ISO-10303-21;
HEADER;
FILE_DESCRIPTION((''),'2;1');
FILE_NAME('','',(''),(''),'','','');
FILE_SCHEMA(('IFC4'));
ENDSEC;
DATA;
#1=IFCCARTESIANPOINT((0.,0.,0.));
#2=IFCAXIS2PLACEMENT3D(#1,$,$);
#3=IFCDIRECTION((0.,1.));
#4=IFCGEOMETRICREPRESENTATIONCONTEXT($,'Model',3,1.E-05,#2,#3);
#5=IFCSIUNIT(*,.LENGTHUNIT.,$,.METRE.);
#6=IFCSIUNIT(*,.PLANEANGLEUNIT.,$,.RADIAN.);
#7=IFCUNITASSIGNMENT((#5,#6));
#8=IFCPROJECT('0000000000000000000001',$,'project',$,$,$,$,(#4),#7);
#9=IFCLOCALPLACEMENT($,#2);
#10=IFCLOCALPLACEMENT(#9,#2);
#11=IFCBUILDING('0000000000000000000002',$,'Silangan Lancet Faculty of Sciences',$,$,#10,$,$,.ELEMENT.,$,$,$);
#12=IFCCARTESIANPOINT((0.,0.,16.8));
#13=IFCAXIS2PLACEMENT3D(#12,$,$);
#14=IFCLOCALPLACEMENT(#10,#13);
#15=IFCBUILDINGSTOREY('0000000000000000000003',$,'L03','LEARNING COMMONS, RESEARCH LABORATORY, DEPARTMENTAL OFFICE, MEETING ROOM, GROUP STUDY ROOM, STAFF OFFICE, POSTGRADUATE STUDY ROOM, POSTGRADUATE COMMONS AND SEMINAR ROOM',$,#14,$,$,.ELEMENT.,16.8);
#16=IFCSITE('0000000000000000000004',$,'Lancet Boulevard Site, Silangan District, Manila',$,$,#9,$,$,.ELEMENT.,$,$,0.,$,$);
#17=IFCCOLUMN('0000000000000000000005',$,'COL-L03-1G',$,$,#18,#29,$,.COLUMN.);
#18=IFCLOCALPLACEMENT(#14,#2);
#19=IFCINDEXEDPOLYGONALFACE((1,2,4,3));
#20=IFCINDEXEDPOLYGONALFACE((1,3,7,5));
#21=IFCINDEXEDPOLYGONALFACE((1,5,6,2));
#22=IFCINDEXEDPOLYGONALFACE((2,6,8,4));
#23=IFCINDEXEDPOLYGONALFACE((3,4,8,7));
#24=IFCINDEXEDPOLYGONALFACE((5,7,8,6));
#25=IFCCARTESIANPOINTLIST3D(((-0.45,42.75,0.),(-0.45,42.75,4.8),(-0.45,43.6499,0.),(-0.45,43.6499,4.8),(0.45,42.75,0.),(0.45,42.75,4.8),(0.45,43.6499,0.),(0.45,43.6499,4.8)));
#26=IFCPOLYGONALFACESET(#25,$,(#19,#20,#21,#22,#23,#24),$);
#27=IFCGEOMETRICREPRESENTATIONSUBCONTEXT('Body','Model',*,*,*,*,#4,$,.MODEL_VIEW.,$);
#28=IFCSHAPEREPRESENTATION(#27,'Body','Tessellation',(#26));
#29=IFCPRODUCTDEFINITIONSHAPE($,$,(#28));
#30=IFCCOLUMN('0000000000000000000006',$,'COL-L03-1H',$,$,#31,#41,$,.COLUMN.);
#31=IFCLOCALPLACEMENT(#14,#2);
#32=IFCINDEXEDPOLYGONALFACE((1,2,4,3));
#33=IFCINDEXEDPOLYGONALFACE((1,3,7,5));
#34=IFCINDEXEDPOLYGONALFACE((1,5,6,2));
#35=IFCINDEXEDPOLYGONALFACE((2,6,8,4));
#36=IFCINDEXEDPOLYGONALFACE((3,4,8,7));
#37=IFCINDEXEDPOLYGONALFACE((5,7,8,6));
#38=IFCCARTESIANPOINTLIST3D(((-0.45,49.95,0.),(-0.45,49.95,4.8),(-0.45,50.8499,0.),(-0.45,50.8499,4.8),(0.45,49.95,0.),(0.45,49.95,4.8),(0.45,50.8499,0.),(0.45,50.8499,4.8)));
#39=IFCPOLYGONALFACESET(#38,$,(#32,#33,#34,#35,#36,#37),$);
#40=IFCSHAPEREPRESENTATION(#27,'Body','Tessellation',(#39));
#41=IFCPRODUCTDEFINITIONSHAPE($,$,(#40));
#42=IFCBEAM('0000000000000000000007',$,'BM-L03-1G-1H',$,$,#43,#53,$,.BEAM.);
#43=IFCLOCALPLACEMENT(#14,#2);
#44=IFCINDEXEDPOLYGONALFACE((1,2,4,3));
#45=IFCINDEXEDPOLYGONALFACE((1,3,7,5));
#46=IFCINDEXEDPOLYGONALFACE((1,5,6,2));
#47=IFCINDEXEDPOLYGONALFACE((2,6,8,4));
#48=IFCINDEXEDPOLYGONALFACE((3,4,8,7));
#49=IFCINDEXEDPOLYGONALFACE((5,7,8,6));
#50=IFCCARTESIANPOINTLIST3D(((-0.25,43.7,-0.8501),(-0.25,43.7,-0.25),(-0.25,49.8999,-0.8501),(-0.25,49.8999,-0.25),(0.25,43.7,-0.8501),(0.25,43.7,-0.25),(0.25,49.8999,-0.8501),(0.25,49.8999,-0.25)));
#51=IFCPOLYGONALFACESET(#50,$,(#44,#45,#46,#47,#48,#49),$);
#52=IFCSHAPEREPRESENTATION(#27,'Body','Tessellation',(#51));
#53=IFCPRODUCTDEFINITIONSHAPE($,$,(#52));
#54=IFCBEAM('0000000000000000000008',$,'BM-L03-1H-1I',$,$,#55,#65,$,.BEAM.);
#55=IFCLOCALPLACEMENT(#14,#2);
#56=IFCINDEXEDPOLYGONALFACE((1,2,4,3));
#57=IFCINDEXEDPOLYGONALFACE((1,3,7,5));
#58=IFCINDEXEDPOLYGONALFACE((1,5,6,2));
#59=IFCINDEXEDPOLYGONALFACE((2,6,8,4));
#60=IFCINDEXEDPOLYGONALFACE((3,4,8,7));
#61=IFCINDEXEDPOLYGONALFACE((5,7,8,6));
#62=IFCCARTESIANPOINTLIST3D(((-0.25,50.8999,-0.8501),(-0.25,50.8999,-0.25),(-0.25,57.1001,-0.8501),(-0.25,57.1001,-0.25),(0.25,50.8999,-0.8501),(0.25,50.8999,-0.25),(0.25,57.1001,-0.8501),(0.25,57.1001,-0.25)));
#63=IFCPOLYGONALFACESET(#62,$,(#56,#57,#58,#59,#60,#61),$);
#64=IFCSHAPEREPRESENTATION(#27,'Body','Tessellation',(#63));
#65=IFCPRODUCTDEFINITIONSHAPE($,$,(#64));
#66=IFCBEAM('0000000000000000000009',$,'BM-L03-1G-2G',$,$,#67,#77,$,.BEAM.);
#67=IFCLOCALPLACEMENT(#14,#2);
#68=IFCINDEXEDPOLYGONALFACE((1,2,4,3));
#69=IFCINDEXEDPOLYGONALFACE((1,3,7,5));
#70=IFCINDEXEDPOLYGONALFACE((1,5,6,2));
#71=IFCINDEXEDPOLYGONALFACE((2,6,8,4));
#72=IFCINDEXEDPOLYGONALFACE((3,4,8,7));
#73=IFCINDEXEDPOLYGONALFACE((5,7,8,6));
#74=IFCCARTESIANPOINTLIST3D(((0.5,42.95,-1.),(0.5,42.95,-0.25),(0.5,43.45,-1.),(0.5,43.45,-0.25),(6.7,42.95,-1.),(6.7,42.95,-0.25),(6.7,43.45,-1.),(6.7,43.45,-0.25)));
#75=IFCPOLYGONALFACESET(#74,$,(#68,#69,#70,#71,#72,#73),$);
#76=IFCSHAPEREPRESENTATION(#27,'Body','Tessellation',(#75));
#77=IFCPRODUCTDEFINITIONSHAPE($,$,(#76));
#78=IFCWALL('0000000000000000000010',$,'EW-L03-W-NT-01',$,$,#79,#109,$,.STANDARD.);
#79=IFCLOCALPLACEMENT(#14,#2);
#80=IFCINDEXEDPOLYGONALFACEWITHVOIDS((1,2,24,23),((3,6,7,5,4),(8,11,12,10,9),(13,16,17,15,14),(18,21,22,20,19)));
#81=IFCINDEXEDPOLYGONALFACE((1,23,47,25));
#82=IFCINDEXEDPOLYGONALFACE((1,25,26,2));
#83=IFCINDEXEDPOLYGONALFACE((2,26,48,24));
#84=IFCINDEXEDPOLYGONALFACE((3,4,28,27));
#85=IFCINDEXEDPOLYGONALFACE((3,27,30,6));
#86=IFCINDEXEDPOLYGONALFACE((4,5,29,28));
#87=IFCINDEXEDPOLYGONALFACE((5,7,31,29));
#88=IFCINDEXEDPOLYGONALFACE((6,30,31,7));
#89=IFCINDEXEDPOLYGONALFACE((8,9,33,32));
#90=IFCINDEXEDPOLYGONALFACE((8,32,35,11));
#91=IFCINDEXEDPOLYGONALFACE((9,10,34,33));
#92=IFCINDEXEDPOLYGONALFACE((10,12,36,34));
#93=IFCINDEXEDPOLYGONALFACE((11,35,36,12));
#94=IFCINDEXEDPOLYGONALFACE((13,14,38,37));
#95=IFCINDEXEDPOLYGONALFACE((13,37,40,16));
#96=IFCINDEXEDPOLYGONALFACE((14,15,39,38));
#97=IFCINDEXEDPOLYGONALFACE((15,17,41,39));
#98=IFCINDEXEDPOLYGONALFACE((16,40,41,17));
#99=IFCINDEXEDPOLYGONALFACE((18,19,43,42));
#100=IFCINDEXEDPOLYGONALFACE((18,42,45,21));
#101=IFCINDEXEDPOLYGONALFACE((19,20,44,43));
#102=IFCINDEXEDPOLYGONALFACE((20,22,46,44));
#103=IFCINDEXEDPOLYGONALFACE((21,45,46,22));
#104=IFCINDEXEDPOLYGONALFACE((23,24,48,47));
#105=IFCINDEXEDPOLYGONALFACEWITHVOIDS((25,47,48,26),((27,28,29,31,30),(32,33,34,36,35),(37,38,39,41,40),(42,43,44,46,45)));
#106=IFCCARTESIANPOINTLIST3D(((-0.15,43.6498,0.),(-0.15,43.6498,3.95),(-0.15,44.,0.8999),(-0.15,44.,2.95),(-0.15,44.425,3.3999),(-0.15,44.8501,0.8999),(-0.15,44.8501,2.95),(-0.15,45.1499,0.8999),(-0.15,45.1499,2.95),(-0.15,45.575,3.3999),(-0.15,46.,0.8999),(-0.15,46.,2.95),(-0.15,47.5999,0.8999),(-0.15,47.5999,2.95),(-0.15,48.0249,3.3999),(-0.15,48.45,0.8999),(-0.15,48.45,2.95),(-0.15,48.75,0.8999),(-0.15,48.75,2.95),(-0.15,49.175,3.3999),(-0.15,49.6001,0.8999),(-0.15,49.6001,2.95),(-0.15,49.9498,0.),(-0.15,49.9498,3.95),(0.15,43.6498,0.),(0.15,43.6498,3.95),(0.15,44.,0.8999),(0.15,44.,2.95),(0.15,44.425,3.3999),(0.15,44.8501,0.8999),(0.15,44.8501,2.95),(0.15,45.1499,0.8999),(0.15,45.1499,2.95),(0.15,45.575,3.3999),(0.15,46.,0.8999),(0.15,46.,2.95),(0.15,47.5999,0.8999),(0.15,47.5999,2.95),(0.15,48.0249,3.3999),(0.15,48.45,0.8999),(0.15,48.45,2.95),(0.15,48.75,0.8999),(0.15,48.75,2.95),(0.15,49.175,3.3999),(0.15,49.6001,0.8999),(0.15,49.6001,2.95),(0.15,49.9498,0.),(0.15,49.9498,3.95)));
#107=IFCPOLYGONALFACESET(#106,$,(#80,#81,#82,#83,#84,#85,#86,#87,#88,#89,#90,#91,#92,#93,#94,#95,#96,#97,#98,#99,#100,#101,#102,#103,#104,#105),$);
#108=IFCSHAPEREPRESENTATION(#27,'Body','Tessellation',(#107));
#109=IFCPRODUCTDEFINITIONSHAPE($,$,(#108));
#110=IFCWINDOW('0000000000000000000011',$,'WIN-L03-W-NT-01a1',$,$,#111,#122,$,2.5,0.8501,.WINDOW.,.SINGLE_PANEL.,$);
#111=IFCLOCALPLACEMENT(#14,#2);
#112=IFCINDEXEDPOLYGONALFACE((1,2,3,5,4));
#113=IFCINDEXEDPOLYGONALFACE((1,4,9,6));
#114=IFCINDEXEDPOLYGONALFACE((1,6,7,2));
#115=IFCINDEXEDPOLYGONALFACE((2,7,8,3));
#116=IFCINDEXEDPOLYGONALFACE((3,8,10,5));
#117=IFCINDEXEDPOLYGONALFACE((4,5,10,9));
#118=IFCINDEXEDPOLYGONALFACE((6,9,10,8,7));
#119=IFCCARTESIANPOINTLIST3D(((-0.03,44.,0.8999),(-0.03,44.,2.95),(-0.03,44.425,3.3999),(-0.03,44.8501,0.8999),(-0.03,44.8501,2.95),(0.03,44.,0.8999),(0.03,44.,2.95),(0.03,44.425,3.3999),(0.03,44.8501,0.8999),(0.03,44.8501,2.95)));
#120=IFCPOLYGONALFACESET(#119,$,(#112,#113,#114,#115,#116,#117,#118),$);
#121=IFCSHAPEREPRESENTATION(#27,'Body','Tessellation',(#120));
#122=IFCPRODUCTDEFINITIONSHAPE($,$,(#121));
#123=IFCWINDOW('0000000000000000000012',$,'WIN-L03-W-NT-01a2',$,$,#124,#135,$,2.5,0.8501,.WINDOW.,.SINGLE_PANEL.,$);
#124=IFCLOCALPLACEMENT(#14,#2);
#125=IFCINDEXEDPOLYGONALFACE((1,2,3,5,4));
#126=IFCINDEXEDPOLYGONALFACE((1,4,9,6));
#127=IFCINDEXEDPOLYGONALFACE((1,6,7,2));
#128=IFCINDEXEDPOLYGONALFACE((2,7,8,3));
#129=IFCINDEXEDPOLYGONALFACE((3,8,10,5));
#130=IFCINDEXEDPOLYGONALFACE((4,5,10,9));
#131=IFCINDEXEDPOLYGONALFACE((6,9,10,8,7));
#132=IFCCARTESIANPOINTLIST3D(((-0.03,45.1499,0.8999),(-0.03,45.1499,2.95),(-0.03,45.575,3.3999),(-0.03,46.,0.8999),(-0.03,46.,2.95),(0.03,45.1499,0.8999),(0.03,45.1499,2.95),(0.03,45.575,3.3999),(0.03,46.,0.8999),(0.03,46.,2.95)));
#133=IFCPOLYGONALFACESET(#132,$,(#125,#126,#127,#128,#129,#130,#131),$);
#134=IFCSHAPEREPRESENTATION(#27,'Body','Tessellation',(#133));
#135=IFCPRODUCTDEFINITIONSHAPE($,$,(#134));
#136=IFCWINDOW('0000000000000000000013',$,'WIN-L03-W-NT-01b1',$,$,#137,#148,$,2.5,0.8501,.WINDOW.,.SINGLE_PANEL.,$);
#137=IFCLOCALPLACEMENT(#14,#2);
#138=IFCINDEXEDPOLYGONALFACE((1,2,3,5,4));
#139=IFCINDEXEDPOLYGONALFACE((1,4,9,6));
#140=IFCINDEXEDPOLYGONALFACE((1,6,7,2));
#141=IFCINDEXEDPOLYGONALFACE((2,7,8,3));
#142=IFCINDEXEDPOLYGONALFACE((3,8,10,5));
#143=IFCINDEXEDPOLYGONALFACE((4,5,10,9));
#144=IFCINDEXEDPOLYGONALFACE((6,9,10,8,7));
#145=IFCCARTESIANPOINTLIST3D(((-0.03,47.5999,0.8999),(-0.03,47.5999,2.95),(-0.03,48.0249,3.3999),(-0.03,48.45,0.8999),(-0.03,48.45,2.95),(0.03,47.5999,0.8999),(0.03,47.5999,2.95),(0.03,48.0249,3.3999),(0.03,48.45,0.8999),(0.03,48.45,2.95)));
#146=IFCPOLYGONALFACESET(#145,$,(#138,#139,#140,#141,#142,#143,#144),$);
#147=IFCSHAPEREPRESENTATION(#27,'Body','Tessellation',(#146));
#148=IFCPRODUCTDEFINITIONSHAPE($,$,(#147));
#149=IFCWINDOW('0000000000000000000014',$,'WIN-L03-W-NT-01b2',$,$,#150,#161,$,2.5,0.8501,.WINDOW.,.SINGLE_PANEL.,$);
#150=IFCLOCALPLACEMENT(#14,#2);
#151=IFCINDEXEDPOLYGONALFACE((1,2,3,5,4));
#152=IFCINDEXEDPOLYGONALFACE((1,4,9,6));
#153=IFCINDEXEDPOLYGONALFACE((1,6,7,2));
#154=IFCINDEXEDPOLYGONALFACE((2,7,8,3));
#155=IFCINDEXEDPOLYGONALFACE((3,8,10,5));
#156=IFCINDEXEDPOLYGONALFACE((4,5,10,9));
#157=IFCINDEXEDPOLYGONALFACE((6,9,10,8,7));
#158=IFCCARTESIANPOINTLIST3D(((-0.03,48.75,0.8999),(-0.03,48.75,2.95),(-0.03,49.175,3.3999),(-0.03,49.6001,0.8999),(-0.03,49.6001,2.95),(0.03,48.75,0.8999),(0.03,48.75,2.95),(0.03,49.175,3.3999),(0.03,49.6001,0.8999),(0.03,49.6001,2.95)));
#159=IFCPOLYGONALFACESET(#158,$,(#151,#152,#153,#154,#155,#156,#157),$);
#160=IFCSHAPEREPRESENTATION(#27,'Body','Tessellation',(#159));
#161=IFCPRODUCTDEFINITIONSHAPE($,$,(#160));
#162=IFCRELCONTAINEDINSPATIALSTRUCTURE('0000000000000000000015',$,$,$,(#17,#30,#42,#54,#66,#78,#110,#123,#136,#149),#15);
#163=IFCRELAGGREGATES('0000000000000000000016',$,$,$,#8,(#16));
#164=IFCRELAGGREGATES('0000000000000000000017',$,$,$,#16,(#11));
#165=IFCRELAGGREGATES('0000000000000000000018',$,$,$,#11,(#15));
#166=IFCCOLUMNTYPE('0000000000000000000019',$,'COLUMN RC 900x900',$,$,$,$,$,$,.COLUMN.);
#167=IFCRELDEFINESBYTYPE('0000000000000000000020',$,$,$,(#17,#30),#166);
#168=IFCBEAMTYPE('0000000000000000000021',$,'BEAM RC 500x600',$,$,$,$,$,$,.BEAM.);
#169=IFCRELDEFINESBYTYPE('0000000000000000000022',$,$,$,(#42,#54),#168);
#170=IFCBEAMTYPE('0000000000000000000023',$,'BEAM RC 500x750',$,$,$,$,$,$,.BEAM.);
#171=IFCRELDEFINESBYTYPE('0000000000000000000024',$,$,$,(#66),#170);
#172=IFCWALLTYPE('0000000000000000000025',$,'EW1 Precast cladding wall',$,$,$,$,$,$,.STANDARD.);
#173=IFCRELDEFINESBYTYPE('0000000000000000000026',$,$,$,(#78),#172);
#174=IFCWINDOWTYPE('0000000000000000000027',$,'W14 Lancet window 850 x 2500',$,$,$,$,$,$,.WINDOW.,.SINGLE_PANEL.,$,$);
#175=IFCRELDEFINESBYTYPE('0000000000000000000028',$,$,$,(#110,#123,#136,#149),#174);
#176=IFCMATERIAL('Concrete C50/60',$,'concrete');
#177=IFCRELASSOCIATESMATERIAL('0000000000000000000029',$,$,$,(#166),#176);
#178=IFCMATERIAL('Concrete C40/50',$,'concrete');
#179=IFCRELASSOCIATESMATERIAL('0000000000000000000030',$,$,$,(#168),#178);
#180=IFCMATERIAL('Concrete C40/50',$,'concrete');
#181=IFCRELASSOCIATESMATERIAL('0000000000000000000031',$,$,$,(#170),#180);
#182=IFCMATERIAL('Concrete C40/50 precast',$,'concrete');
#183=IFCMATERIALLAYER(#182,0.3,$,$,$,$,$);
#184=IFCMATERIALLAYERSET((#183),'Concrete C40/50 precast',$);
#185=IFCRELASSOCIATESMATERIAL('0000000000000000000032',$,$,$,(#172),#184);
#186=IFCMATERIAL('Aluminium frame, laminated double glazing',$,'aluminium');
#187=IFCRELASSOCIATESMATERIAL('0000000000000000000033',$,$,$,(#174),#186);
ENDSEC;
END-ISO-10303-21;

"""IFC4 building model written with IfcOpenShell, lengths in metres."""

from ifc_helpers import new_model, si_unit, direction, frame, frame_2d, origin, origin_2d, place, context, subcontext, project, spatial, polyline, rectangle, outline, extrude, material, layer, layer_set, material_profile, profile_set, type_object, element, fill, save


model = new_model("IFC4")

# Units and contexts
model_context = context("Model", 3, precision=1e-05, world=origin(), true_north=direction((0.0, 1.0)))
body_context = subcontext(model_context, "Body", "Model", "MODEL_VIEW")
ifc_project = project(units=[si_unit("LENGTHUNIT", "METRE"), si_unit("PLANEANGLEUNIT", "RADIAN")], contexts=[model_context])

# Site, building, storey
site_placement = place(None, origin())
site = spatial("IfcSite", under=ifc_project, at=site_placement, Name="Lancet Boulevard Site, Silangan District, Manila", CompositionType="ELEMENT", RefElevation=0.0)
building_placement = place(site_placement, origin())
building = spatial("IfcBuilding", under=site, at=building_placement, Name="Silangan Lancet Faculty of Sciences", CompositionType="ELEMENT")
storey_placement = place(building_placement, frame((0.0, 0.0, 16.8)))
storey = spatial("IfcBuildingStorey", under=building, at=storey_placement, Name="L03", Description="LEARNING COMMONS, RESEARCH LABORATORY, DEPARTMENTAL OFFICE, MEETING ROOM, GROUP STUDY ROOM, STAFF OFFICE, POSTGRADUATE STUDY ROOM, POSTGRADUATE COMMONS AND SEMINAR ROOM", CompositionType="ELEMENT", Elevation=16.8)

# Columns
ifc_material_1 = material(Name="Concrete C50/60", Category="concrete")
ifc_material_profile_1 = material_profile(ifc_material_1, rectangle(XDim=0.8999, YDim=0.8999, at=origin_2d()), Name="RC 900x900")
ifc_profile_set_1 = profile_set([ifc_material_profile_1], Name="Concrete C50/60")
column_type = type_object("IfcColumnType", Name="COLUMN RC 900x900", PredefinedType="COLUMN", material=ifc_profile_set_1)
for number, where, z_axis, x_axis, name in (
    (1, (0.0, 43.2, 0.0), (0.0, 0.0, 1.0), (1.0, 0.0, 0.0), "COL-L03-1G"),
    (2, (0.0, 50.3999, 0.0), (0.0, 0.0, 1.0), (1.0, 0.0, 0.0), "COL-L03-1H"),
):
    element("IfcColumn", number, at=place(storey_placement, frame(where, z_axis=z_axis, x_axis=x_axis)), inside=storey, type_object=column_type, Name=name, PredefinedType="COLUMN", context=body_context, shape_type="SweptSolid", body=[
        extrude(rectangle(XDim=0.8999, YDim=0.8999, at=origin_2d()), origin(), (0.0, 0.0, 1.0), 4.8),
    ])

# Beams
ifc_material_2 = material(Name="Concrete C40/50", Category="concrete")
ifc_material_profile_2 = material_profile(ifc_material_2, rectangle(XDim=0.5, YDim=0.6001, at=origin_2d()), Name="RC 500x600")
ifc_profile_set_2 = profile_set([ifc_material_profile_2], Name="Concrete C40/50")
beam_type_1 = type_object("IfcBeamType", Name="BEAM RC 500x600", PredefinedType="BEAM", material=ifc_profile_set_2)
beam_1_placement = place(storey_placement, frame((0.0, 43.7, -0.55), z_axis=(0.0, 1.0, 0.0), x_axis=(-1.0, 0.0, 0.0)))
element("IfcBeam", 3, at=beam_1_placement, inside=storey, type_object=beam_type_1, Name="BM-L03-1G-1H", PredefinedType="BEAM", context=body_context, shape_type="SweptSolid", body=[
    extrude(rectangle(XDim=0.5, YDim=0.6001, at=origin_2d()), origin(), (0.0, 0.0, 1.0), 6.2),
])
beam_2_placement = place(storey_placement, frame((0.0, 50.8999, -0.55), z_axis=(0.0, 1.0, 0.0), x_axis=(-1.0, 0.0, 0.0)))
element("IfcBeam", 4, at=beam_2_placement, inside=storey, type_object=beam_type_1, Name="BM-L03-1H-1I", PredefinedType="BEAM", context=body_context, shape_type="SweptSolid", body=[
    extrude(rectangle(XDim=0.5, YDim=0.6001, at=origin_2d()), origin(), (0.0, 0.0, 1.0), 6.2002),
])
ifc_material_3 = material(Name="Concrete C40/50", Category="concrete")
ifc_material_profile_3 = material_profile(ifc_material_3, rectangle(XDim=0.5, YDim=0.75, at=origin_2d()), Name="RC 500x750")
ifc_profile_set_3 = profile_set([ifc_material_profile_3], Name="Concrete C40/50")
beam_type_2 = type_object("IfcBeamType", Name="BEAM RC 500x750", PredefinedType="BEAM", material=ifc_profile_set_3)
beam_3_placement = place(storey_placement, frame((0.5, 43.2, -0.625), z_axis=(1.0, 0.0, 0.0), x_axis=(0.0, 1.0, 0.0)))
element("IfcBeam", 5, at=beam_3_placement, inside=storey, type_object=beam_type_2, Name="BM-L03-1G-2G", PredefinedType="BEAM", context=body_context, shape_type="SweptSolid", body=[
    extrude(rectangle(XDim=0.5, YDim=0.75, at=origin_2d()), origin(), (0.0, 0.0, 1.0), 6.2),
])

# Wall, openings, windows
ifc_material_4 = material(Name="Concrete C40/50 precast", Category="concrete")
ifc_layer_1 = layer(ifc_material_4, 0.3)
ifc_layer_set_1 = layer_set([ifc_layer_1], Name="Concrete C40/50 precast")
wall_type_1 = type_object("IfcWallType", Name="EW1 Precast cladding wall", PredefinedType="STANDARD", material=ifc_layer_set_1)
wall_1_placement = place(storey_placement, frame((0.0, 43.6499, 0.0), z_axis=(0.0, 0.0, 1.0), x_axis=(0.0, 1.0, 0.0)))
wall_1 = element("IfcWall", 6, at=wall_1_placement, inside=storey, type_object=wall_type_1, Name="EW-L03-W-NT-01", PredefinedType="STANDARD", context=body_context, shape_type="SweptSolid", body=[
    extrude(rectangle(XDim=6.3, YDim=0.3, at=frame_2d((3.1499, 0.0))), origin(), (0.0, 0.0, 1.0), 3.95),
])
opening_1_placement = place(wall_1_placement, frame((0.3501, 0.0, 0.8999)))
opening_1 = element("IfcOpeningElement", 7, at=opening_1_placement, cuts=wall_1, PredefinedType="OPENING", context=body_context, shape_type="SweptSolid", body=[
    extrude(outline(polyline([(0.0, 0.0), (0.8501, 0.0), (0.8501, 2.05), (0.425, 2.5), (0.0, 2.05), (0.0, 0.0)])), frame((0.0, 0.1599, 0.0), z_axis=(0.0, -1.0, 0.0), x_axis=(1.0, 0.0, 0.0)), (0.0, 0.0, 1.0), 0.3201),
])
opening_2_placement = place(wall_1_placement, frame((1.5, 0.0, 0.8999)))
opening_2 = element("IfcOpeningElement", 8, at=opening_2_placement, cuts=wall_1, PredefinedType="OPENING", context=body_context, shape_type="SweptSolid", body=[
    extrude(outline(polyline([(0.0, 0.0), (0.8501, 0.0), (0.8501, 2.05), (0.425, 2.5), (0.0, 2.05), (0.0, 0.0)])), frame((0.0, 0.1599, 0.0), z_axis=(0.0, -1.0, 0.0), x_axis=(1.0, 0.0, 0.0)), (0.0, 0.0, 1.0), 0.3201),
])
opening_3_placement = place(wall_1_placement, frame((3.95, 0.0, 0.8999)))
opening_3 = element("IfcOpeningElement", 9, at=opening_3_placement, cuts=wall_1, PredefinedType="OPENING", context=body_context, shape_type="SweptSolid", body=[
    extrude(outline(polyline([(0.0, 0.0), (0.8501, 0.0), (0.8501, 2.05), (0.425, 2.5), (0.0, 2.05), (0.0, 0.0)])), frame((0.0, 0.1599, 0.0), z_axis=(0.0, -1.0, 0.0), x_axis=(1.0, 0.0, 0.0)), (0.0, 0.0, 1.0), 0.3201),
])
opening_4_placement = place(wall_1_placement, frame((5.1001, 0.0, 0.8999)))
opening_4 = element("IfcOpeningElement", 10, at=opening_4_placement, cuts=wall_1, PredefinedType="OPENING", context=body_context, shape_type="SweptSolid", body=[
    extrude(outline(polyline([(0.0, 0.0), (0.8501, 0.0), (0.8501, 2.05), (0.425, 2.5), (0.0, 2.05), (0.0, 0.0)])), frame((0.0, 0.1599, 0.0), z_axis=(0.0, -1.0, 0.0), x_axis=(1.0, 0.0, 0.0)), (0.0, 0.0, 1.0), 0.3201),
])
ifc_material_5 = material(Name="Aluminium frame, laminated double glazing", Category="aluminium")
window_type_1 = type_object("IfcWindowType", Name="W14 Lancet window 850 x 2500", PartitioningType="SINGLE_PANEL", PredefinedType="WINDOW", material=ifc_material_5)
window_1_placement = place(opening_1_placement, origin())
window_1 = element("IfcWindow", 11, at=window_1_placement, inside=storey, type_object=window_type_1, Name="WIN-L03-W-NT-01a1", OverallHeight=2.5, OverallWidth=0.8501, PartitioningType="SINGLE_PANEL", PredefinedType="WINDOW", context=body_context, shape_type="SweptSolid", body=[
    extrude(outline(polyline([(0.0, 0.0), (0.8501, 0.0), (0.8501, 2.05), (0.425, 2.5), (0.0, 2.05), (0.0, 0.0)])), frame((0.0, 0.03, 0.0), z_axis=(0.0, -1.0, 0.0), x_axis=(1.0, 0.0, 0.0)), (0.0, 0.0, 1.0), 0.0601),
])
fill(opening_1, window_1)
window_2_placement = place(opening_2_placement, origin())
window_2 = element("IfcWindow", 12, at=window_2_placement, inside=storey, type_object=window_type_1, Name="WIN-L03-W-NT-01a2", OverallHeight=2.5, OverallWidth=0.8501, PartitioningType="SINGLE_PANEL", PredefinedType="WINDOW", context=body_context, shape_type="SweptSolid", body=[
    extrude(outline(polyline([(0.0, 0.0), (0.8501, 0.0), (0.8501, 2.05), (0.425, 2.5), (0.0, 2.05), (0.0, 0.0)])), frame((0.0, 0.03, 0.0), z_axis=(0.0, -1.0, 0.0), x_axis=(1.0, 0.0, 0.0)), (0.0, 0.0, 1.0), 0.0601),
])
fill(opening_2, window_2)
window_3_placement = place(opening_3_placement, origin())
window_3 = element("IfcWindow", 13, at=window_3_placement, inside=storey, type_object=window_type_1, Name="WIN-L03-W-NT-01b1", OverallHeight=2.5, OverallWidth=0.8501, PartitioningType="SINGLE_PANEL", PredefinedType="WINDOW", context=body_context, shape_type="SweptSolid", body=[
    extrude(outline(polyline([(0.0, 0.0), (0.8501, 0.0), (0.8501, 2.05), (0.425, 2.5), (0.0, 2.05), (0.0, 0.0)])), frame((0.0, 0.03, 0.0), z_axis=(0.0, -1.0, 0.0), x_axis=(1.0, 0.0, 0.0)), (0.0, 0.0, 1.0), 0.0601),
])
fill(opening_3, window_3)
window_4_placement = place(opening_4_placement, origin())
window_4 = element("IfcWindow", 14, at=window_4_placement, inside=storey, type_object=window_type_1, Name="WIN-L03-W-NT-01b2", OverallHeight=2.5, OverallWidth=0.8501, PartitioningType="SINGLE_PANEL", PredefinedType="WINDOW", context=body_context, shape_type="SweptSolid", body=[
    extrude(outline(polyline([(0.0, 0.0), (0.8501, 0.0), (0.8501, 2.05), (0.425, 2.5), (0.0, 2.05), (0.0, 0.0)])), frame((0.0, 0.03, 0.0), z_axis=(0.0, -1.0, 0.0), x_axis=(1.0, 0.0, 0.0)), (0.0, 0.0, 1.0), 0.0601),
])
fill(opening_4, window_4)

save(model, "model.ifc")
